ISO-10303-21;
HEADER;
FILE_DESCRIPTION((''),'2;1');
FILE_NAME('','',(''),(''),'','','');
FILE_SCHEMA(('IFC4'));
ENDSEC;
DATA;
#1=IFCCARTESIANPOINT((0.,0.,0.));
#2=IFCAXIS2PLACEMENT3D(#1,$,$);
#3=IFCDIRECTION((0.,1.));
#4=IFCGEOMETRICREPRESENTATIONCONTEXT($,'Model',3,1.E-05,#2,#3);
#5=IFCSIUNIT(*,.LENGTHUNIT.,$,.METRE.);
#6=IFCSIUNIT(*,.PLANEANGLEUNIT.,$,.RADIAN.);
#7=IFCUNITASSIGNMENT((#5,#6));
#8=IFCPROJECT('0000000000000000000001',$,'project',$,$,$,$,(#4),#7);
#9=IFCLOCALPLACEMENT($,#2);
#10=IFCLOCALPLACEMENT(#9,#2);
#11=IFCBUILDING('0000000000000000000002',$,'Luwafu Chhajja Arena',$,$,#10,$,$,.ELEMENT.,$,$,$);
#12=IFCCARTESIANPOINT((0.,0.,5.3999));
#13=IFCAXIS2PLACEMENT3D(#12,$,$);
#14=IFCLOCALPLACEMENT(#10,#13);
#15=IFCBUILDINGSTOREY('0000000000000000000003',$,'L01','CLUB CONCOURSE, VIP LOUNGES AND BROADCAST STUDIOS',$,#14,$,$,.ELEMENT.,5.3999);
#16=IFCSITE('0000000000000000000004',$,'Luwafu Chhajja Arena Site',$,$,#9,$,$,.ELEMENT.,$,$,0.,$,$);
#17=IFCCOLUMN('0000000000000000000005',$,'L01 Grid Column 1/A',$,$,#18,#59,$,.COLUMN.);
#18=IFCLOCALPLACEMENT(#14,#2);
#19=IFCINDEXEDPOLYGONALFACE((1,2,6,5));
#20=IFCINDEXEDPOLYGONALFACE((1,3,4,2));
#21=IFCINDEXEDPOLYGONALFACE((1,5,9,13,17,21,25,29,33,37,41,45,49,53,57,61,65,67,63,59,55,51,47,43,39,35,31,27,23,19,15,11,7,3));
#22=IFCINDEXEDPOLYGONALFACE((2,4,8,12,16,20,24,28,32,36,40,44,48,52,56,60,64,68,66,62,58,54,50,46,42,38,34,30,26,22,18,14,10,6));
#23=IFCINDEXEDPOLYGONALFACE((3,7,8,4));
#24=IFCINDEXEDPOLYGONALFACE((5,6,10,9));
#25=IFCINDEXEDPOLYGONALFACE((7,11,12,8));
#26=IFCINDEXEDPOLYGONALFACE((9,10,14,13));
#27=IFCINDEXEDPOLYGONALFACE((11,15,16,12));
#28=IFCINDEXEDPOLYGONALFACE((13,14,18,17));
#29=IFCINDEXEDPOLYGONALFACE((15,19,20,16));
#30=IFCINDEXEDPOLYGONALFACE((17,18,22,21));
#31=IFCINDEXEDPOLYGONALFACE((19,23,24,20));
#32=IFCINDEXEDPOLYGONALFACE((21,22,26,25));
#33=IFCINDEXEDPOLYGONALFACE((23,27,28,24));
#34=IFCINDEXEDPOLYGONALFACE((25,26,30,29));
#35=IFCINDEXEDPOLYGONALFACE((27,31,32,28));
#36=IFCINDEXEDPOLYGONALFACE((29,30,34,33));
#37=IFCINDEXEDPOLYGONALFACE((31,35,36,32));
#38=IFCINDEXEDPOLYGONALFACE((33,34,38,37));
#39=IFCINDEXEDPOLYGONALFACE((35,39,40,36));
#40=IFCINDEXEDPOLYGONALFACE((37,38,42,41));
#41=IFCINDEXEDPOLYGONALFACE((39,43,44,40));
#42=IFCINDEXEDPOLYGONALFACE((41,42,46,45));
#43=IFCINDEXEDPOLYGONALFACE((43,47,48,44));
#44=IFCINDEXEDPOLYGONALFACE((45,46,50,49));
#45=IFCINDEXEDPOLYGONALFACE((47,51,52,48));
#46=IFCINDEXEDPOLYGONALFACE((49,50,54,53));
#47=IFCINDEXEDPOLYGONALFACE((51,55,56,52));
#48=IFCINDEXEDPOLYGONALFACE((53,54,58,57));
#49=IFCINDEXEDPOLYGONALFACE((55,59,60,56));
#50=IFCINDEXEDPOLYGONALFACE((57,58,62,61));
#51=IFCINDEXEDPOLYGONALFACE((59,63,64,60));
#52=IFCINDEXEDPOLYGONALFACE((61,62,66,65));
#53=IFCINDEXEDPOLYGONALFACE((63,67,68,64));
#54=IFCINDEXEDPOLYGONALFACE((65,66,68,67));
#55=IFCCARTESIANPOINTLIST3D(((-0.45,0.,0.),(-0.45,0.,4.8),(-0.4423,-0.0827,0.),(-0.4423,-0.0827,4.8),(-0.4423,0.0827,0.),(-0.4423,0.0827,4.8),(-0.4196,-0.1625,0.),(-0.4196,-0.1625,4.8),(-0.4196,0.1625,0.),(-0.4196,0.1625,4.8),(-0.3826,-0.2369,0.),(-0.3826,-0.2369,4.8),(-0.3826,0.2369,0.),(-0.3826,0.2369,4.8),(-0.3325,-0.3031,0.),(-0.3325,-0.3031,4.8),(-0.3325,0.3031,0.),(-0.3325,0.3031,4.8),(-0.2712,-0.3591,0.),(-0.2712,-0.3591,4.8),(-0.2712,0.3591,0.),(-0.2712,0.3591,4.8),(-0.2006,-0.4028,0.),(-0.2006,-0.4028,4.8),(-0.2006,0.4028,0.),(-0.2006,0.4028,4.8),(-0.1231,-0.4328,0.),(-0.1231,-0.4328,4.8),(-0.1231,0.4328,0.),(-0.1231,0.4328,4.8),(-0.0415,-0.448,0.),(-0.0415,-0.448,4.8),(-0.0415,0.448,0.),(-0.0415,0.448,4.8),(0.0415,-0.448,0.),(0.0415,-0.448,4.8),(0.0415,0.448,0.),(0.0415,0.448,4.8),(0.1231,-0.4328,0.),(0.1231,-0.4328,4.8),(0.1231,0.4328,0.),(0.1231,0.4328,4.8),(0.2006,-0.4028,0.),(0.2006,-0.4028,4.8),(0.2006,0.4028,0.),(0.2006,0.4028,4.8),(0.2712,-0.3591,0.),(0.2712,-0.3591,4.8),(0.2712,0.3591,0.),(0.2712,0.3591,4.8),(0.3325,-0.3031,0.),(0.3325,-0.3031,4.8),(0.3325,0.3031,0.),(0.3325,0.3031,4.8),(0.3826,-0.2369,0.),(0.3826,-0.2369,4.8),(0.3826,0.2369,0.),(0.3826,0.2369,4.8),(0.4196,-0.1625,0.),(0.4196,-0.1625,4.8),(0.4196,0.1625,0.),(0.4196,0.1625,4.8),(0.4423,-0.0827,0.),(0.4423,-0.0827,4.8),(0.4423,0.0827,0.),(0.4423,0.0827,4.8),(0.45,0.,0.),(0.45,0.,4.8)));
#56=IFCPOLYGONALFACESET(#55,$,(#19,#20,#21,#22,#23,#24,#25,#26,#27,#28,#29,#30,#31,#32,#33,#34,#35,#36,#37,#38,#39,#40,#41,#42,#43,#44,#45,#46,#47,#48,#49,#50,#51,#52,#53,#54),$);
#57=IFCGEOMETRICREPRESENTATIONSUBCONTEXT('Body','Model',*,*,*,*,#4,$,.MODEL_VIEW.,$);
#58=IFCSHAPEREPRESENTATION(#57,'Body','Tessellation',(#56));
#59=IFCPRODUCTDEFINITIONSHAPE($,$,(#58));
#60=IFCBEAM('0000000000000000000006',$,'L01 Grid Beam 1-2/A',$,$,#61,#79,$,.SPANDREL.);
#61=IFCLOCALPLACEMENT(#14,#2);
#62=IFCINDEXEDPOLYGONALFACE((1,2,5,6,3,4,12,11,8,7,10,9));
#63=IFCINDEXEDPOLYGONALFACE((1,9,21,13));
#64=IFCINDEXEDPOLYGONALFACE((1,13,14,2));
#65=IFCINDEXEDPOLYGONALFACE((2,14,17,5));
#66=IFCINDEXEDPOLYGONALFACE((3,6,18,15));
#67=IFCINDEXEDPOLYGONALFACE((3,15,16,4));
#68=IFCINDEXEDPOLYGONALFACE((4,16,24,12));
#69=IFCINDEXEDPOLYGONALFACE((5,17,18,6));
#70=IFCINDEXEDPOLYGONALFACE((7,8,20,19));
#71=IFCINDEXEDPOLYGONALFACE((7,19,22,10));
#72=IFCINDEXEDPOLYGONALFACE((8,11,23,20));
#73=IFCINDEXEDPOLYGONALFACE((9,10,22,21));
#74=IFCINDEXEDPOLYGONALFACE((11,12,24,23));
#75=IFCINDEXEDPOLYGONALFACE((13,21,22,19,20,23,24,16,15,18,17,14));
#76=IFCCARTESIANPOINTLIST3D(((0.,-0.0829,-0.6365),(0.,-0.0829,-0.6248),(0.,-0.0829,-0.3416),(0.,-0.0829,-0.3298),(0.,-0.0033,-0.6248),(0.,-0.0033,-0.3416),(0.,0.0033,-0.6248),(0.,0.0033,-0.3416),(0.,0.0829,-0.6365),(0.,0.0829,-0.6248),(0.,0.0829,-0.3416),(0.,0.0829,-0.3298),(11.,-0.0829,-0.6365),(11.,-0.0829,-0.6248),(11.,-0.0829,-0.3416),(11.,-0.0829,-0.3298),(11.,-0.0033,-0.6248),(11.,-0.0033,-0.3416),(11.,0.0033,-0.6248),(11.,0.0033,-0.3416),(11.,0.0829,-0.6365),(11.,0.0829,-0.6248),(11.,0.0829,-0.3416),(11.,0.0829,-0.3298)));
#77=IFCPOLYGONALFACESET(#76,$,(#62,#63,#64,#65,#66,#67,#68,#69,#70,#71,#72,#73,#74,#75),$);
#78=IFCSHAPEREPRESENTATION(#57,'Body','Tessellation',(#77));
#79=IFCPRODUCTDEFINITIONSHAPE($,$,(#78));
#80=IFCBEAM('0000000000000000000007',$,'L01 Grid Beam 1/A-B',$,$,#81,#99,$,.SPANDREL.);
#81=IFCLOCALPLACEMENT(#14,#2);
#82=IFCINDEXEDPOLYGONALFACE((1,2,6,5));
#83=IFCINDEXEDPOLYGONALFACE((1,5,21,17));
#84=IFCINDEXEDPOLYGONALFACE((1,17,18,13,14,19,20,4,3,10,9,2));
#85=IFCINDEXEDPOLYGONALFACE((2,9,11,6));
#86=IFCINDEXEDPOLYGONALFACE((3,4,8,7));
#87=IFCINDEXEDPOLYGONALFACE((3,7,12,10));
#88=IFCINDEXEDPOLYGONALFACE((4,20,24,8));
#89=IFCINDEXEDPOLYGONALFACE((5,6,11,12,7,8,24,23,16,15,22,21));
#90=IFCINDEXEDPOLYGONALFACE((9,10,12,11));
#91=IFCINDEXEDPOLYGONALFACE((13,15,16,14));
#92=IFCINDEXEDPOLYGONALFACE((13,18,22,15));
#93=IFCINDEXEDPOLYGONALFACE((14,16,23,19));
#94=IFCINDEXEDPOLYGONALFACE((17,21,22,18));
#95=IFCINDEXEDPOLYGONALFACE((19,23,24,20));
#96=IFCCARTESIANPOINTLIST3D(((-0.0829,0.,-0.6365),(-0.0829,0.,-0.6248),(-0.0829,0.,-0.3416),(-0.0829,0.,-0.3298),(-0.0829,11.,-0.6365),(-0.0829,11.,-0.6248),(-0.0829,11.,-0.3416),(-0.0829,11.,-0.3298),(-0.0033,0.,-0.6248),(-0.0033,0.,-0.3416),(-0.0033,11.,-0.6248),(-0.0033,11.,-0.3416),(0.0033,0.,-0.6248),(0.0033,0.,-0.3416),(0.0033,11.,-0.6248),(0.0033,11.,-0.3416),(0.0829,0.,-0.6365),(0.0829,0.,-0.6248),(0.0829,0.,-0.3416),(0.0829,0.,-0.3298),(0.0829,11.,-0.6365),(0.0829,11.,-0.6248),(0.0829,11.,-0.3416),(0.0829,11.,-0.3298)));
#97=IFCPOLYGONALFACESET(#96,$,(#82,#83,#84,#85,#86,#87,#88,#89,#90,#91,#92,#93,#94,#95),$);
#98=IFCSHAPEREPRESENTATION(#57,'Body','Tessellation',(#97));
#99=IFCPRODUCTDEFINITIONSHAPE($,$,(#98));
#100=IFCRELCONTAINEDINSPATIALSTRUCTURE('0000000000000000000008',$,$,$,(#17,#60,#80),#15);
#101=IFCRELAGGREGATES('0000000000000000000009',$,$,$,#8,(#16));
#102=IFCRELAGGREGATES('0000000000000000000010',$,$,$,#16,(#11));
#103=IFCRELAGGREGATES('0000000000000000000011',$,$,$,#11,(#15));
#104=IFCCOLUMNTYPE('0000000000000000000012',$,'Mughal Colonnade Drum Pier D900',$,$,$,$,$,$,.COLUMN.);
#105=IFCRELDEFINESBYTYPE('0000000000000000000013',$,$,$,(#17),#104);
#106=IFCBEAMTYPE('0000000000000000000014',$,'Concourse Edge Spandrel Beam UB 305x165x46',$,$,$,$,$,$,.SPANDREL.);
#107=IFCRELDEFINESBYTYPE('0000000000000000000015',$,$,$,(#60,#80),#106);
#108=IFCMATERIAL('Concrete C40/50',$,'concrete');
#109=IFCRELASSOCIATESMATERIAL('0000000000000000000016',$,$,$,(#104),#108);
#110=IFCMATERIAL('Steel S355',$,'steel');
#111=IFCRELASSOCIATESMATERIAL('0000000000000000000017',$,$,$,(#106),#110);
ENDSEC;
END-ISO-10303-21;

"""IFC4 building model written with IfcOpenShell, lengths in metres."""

from ifc_helpers import new_model, si_unit, direction, frame, origin, origin_with_axes, origin_2d, place, context, subcontext, project, spatial, circle, i_section, extrude, material, material_profile, profile_set, type_object, element, save


model = new_model("IFC4")

# Units and contexts
model_context = context("Model", 3, precision=1e-05, world=origin(), true_north=direction((0.0, 1.0)))
body_context = subcontext(model_context, "Body", "Model", "MODEL_VIEW")
ifc_project = project(units=[si_unit("LENGTHUNIT", "METRE"), si_unit("PLANEANGLEUNIT", "RADIAN")], contexts=[model_context])

# Site, building, storey
site_placement = place(None, origin())
site = spatial("IfcSite", under=ifc_project, at=site_placement, Name="Luwafu Chhajja Arena Site", CompositionType="ELEMENT", RefElevation=0.0)
building_placement = place(site_placement, origin())
building = spatial("IfcBuilding", under=site, at=building_placement, Name="Luwafu Chhajja Arena", CompositionType="ELEMENT")
storey_placement = place(building_placement, frame((0.0, 0.0, 5.3999)))
storey = spatial("IfcBuildingStorey", under=building, at=storey_placement, Name="L01", Description="CLUB CONCOURSE, VIP LOUNGES AND BROADCAST STUDIOS", CompositionType="ELEMENT", Elevation=5.3999)

# Column
ifc_material_1 = material(Name="Concrete C40/50", Category="concrete")
ifc_material_profile_1 = material_profile(ifc_material_1, circle(Radius=0.45, at=origin_2d()), Name="RC COL D900")
ifc_profile_set_1 = profile_set([ifc_material_profile_1], Name="Concrete C40/50")
column_type = type_object("IfcColumnType", Name="Mughal Colonnade Drum Pier D900", PredefinedType="COLUMN", material=ifc_profile_set_1)
column_placement = place(storey_placement, origin_with_axes())
element("IfcColumn", 1, at=column_placement, inside=storey, type_object=column_type, Name="L01 Grid Column 1/A", PredefinedType="COLUMN", context=body_context, shape_type="SweptSolid", body=[
    extrude(circle(Radius=0.45, at=origin_2d()), origin(), (0.0, 0.0, 1.0), 4.8),
])

# Beams
ifc_material_2 = material(Name="Steel S355", Category="steel")
ifc_material_profile_2 = material_profile(ifc_material_2, i_section(OverallWidth=0.1658, OverallDepth=0.3066, WebThickness=0.0066, FlangeThickness=0.0117, at=origin_2d()), Name="UB 305x165x46")
ifc_profile_set_2 = profile_set([ifc_material_profile_2], Name="Steel S355")
beam_type = type_object("IfcBeamType", Name="Concourse Edge Spandrel Beam UB 305x165x46", PredefinedType="SPANDREL", material=ifc_profile_set_2)
for number, where, z_axis, x_axis, name in (
    (2, (0.0, 0.0, -0.4832), (1.0, 0.0, 0.0), (0.0, 1.0, 0.0), "L01 Grid Beam 1-2/A"),
    (3, (0.0, 0.0, -0.4832), (0.0, 1.0, 0.0), (-1.0, 0.0, 0.0), "L01 Grid Beam 1/A-B"),
):
    element("IfcBeam", number, at=place(storey_placement, frame(where, z_axis=z_axis, x_axis=x_axis)), inside=storey, type_object=beam_type, Name=name, PredefinedType="SPANDREL", context=body_context, shape_type="SweptSolid", body=[
        extrude(i_section(OverallWidth=0.1658, OverallDepth=0.3066, WebThickness=0.0066, FlangeThickness=0.0117, at=origin_2d()), origin(), (0.0, 0.0, 1.0), 11.0),
    ])

save(model, "model.ifc")
